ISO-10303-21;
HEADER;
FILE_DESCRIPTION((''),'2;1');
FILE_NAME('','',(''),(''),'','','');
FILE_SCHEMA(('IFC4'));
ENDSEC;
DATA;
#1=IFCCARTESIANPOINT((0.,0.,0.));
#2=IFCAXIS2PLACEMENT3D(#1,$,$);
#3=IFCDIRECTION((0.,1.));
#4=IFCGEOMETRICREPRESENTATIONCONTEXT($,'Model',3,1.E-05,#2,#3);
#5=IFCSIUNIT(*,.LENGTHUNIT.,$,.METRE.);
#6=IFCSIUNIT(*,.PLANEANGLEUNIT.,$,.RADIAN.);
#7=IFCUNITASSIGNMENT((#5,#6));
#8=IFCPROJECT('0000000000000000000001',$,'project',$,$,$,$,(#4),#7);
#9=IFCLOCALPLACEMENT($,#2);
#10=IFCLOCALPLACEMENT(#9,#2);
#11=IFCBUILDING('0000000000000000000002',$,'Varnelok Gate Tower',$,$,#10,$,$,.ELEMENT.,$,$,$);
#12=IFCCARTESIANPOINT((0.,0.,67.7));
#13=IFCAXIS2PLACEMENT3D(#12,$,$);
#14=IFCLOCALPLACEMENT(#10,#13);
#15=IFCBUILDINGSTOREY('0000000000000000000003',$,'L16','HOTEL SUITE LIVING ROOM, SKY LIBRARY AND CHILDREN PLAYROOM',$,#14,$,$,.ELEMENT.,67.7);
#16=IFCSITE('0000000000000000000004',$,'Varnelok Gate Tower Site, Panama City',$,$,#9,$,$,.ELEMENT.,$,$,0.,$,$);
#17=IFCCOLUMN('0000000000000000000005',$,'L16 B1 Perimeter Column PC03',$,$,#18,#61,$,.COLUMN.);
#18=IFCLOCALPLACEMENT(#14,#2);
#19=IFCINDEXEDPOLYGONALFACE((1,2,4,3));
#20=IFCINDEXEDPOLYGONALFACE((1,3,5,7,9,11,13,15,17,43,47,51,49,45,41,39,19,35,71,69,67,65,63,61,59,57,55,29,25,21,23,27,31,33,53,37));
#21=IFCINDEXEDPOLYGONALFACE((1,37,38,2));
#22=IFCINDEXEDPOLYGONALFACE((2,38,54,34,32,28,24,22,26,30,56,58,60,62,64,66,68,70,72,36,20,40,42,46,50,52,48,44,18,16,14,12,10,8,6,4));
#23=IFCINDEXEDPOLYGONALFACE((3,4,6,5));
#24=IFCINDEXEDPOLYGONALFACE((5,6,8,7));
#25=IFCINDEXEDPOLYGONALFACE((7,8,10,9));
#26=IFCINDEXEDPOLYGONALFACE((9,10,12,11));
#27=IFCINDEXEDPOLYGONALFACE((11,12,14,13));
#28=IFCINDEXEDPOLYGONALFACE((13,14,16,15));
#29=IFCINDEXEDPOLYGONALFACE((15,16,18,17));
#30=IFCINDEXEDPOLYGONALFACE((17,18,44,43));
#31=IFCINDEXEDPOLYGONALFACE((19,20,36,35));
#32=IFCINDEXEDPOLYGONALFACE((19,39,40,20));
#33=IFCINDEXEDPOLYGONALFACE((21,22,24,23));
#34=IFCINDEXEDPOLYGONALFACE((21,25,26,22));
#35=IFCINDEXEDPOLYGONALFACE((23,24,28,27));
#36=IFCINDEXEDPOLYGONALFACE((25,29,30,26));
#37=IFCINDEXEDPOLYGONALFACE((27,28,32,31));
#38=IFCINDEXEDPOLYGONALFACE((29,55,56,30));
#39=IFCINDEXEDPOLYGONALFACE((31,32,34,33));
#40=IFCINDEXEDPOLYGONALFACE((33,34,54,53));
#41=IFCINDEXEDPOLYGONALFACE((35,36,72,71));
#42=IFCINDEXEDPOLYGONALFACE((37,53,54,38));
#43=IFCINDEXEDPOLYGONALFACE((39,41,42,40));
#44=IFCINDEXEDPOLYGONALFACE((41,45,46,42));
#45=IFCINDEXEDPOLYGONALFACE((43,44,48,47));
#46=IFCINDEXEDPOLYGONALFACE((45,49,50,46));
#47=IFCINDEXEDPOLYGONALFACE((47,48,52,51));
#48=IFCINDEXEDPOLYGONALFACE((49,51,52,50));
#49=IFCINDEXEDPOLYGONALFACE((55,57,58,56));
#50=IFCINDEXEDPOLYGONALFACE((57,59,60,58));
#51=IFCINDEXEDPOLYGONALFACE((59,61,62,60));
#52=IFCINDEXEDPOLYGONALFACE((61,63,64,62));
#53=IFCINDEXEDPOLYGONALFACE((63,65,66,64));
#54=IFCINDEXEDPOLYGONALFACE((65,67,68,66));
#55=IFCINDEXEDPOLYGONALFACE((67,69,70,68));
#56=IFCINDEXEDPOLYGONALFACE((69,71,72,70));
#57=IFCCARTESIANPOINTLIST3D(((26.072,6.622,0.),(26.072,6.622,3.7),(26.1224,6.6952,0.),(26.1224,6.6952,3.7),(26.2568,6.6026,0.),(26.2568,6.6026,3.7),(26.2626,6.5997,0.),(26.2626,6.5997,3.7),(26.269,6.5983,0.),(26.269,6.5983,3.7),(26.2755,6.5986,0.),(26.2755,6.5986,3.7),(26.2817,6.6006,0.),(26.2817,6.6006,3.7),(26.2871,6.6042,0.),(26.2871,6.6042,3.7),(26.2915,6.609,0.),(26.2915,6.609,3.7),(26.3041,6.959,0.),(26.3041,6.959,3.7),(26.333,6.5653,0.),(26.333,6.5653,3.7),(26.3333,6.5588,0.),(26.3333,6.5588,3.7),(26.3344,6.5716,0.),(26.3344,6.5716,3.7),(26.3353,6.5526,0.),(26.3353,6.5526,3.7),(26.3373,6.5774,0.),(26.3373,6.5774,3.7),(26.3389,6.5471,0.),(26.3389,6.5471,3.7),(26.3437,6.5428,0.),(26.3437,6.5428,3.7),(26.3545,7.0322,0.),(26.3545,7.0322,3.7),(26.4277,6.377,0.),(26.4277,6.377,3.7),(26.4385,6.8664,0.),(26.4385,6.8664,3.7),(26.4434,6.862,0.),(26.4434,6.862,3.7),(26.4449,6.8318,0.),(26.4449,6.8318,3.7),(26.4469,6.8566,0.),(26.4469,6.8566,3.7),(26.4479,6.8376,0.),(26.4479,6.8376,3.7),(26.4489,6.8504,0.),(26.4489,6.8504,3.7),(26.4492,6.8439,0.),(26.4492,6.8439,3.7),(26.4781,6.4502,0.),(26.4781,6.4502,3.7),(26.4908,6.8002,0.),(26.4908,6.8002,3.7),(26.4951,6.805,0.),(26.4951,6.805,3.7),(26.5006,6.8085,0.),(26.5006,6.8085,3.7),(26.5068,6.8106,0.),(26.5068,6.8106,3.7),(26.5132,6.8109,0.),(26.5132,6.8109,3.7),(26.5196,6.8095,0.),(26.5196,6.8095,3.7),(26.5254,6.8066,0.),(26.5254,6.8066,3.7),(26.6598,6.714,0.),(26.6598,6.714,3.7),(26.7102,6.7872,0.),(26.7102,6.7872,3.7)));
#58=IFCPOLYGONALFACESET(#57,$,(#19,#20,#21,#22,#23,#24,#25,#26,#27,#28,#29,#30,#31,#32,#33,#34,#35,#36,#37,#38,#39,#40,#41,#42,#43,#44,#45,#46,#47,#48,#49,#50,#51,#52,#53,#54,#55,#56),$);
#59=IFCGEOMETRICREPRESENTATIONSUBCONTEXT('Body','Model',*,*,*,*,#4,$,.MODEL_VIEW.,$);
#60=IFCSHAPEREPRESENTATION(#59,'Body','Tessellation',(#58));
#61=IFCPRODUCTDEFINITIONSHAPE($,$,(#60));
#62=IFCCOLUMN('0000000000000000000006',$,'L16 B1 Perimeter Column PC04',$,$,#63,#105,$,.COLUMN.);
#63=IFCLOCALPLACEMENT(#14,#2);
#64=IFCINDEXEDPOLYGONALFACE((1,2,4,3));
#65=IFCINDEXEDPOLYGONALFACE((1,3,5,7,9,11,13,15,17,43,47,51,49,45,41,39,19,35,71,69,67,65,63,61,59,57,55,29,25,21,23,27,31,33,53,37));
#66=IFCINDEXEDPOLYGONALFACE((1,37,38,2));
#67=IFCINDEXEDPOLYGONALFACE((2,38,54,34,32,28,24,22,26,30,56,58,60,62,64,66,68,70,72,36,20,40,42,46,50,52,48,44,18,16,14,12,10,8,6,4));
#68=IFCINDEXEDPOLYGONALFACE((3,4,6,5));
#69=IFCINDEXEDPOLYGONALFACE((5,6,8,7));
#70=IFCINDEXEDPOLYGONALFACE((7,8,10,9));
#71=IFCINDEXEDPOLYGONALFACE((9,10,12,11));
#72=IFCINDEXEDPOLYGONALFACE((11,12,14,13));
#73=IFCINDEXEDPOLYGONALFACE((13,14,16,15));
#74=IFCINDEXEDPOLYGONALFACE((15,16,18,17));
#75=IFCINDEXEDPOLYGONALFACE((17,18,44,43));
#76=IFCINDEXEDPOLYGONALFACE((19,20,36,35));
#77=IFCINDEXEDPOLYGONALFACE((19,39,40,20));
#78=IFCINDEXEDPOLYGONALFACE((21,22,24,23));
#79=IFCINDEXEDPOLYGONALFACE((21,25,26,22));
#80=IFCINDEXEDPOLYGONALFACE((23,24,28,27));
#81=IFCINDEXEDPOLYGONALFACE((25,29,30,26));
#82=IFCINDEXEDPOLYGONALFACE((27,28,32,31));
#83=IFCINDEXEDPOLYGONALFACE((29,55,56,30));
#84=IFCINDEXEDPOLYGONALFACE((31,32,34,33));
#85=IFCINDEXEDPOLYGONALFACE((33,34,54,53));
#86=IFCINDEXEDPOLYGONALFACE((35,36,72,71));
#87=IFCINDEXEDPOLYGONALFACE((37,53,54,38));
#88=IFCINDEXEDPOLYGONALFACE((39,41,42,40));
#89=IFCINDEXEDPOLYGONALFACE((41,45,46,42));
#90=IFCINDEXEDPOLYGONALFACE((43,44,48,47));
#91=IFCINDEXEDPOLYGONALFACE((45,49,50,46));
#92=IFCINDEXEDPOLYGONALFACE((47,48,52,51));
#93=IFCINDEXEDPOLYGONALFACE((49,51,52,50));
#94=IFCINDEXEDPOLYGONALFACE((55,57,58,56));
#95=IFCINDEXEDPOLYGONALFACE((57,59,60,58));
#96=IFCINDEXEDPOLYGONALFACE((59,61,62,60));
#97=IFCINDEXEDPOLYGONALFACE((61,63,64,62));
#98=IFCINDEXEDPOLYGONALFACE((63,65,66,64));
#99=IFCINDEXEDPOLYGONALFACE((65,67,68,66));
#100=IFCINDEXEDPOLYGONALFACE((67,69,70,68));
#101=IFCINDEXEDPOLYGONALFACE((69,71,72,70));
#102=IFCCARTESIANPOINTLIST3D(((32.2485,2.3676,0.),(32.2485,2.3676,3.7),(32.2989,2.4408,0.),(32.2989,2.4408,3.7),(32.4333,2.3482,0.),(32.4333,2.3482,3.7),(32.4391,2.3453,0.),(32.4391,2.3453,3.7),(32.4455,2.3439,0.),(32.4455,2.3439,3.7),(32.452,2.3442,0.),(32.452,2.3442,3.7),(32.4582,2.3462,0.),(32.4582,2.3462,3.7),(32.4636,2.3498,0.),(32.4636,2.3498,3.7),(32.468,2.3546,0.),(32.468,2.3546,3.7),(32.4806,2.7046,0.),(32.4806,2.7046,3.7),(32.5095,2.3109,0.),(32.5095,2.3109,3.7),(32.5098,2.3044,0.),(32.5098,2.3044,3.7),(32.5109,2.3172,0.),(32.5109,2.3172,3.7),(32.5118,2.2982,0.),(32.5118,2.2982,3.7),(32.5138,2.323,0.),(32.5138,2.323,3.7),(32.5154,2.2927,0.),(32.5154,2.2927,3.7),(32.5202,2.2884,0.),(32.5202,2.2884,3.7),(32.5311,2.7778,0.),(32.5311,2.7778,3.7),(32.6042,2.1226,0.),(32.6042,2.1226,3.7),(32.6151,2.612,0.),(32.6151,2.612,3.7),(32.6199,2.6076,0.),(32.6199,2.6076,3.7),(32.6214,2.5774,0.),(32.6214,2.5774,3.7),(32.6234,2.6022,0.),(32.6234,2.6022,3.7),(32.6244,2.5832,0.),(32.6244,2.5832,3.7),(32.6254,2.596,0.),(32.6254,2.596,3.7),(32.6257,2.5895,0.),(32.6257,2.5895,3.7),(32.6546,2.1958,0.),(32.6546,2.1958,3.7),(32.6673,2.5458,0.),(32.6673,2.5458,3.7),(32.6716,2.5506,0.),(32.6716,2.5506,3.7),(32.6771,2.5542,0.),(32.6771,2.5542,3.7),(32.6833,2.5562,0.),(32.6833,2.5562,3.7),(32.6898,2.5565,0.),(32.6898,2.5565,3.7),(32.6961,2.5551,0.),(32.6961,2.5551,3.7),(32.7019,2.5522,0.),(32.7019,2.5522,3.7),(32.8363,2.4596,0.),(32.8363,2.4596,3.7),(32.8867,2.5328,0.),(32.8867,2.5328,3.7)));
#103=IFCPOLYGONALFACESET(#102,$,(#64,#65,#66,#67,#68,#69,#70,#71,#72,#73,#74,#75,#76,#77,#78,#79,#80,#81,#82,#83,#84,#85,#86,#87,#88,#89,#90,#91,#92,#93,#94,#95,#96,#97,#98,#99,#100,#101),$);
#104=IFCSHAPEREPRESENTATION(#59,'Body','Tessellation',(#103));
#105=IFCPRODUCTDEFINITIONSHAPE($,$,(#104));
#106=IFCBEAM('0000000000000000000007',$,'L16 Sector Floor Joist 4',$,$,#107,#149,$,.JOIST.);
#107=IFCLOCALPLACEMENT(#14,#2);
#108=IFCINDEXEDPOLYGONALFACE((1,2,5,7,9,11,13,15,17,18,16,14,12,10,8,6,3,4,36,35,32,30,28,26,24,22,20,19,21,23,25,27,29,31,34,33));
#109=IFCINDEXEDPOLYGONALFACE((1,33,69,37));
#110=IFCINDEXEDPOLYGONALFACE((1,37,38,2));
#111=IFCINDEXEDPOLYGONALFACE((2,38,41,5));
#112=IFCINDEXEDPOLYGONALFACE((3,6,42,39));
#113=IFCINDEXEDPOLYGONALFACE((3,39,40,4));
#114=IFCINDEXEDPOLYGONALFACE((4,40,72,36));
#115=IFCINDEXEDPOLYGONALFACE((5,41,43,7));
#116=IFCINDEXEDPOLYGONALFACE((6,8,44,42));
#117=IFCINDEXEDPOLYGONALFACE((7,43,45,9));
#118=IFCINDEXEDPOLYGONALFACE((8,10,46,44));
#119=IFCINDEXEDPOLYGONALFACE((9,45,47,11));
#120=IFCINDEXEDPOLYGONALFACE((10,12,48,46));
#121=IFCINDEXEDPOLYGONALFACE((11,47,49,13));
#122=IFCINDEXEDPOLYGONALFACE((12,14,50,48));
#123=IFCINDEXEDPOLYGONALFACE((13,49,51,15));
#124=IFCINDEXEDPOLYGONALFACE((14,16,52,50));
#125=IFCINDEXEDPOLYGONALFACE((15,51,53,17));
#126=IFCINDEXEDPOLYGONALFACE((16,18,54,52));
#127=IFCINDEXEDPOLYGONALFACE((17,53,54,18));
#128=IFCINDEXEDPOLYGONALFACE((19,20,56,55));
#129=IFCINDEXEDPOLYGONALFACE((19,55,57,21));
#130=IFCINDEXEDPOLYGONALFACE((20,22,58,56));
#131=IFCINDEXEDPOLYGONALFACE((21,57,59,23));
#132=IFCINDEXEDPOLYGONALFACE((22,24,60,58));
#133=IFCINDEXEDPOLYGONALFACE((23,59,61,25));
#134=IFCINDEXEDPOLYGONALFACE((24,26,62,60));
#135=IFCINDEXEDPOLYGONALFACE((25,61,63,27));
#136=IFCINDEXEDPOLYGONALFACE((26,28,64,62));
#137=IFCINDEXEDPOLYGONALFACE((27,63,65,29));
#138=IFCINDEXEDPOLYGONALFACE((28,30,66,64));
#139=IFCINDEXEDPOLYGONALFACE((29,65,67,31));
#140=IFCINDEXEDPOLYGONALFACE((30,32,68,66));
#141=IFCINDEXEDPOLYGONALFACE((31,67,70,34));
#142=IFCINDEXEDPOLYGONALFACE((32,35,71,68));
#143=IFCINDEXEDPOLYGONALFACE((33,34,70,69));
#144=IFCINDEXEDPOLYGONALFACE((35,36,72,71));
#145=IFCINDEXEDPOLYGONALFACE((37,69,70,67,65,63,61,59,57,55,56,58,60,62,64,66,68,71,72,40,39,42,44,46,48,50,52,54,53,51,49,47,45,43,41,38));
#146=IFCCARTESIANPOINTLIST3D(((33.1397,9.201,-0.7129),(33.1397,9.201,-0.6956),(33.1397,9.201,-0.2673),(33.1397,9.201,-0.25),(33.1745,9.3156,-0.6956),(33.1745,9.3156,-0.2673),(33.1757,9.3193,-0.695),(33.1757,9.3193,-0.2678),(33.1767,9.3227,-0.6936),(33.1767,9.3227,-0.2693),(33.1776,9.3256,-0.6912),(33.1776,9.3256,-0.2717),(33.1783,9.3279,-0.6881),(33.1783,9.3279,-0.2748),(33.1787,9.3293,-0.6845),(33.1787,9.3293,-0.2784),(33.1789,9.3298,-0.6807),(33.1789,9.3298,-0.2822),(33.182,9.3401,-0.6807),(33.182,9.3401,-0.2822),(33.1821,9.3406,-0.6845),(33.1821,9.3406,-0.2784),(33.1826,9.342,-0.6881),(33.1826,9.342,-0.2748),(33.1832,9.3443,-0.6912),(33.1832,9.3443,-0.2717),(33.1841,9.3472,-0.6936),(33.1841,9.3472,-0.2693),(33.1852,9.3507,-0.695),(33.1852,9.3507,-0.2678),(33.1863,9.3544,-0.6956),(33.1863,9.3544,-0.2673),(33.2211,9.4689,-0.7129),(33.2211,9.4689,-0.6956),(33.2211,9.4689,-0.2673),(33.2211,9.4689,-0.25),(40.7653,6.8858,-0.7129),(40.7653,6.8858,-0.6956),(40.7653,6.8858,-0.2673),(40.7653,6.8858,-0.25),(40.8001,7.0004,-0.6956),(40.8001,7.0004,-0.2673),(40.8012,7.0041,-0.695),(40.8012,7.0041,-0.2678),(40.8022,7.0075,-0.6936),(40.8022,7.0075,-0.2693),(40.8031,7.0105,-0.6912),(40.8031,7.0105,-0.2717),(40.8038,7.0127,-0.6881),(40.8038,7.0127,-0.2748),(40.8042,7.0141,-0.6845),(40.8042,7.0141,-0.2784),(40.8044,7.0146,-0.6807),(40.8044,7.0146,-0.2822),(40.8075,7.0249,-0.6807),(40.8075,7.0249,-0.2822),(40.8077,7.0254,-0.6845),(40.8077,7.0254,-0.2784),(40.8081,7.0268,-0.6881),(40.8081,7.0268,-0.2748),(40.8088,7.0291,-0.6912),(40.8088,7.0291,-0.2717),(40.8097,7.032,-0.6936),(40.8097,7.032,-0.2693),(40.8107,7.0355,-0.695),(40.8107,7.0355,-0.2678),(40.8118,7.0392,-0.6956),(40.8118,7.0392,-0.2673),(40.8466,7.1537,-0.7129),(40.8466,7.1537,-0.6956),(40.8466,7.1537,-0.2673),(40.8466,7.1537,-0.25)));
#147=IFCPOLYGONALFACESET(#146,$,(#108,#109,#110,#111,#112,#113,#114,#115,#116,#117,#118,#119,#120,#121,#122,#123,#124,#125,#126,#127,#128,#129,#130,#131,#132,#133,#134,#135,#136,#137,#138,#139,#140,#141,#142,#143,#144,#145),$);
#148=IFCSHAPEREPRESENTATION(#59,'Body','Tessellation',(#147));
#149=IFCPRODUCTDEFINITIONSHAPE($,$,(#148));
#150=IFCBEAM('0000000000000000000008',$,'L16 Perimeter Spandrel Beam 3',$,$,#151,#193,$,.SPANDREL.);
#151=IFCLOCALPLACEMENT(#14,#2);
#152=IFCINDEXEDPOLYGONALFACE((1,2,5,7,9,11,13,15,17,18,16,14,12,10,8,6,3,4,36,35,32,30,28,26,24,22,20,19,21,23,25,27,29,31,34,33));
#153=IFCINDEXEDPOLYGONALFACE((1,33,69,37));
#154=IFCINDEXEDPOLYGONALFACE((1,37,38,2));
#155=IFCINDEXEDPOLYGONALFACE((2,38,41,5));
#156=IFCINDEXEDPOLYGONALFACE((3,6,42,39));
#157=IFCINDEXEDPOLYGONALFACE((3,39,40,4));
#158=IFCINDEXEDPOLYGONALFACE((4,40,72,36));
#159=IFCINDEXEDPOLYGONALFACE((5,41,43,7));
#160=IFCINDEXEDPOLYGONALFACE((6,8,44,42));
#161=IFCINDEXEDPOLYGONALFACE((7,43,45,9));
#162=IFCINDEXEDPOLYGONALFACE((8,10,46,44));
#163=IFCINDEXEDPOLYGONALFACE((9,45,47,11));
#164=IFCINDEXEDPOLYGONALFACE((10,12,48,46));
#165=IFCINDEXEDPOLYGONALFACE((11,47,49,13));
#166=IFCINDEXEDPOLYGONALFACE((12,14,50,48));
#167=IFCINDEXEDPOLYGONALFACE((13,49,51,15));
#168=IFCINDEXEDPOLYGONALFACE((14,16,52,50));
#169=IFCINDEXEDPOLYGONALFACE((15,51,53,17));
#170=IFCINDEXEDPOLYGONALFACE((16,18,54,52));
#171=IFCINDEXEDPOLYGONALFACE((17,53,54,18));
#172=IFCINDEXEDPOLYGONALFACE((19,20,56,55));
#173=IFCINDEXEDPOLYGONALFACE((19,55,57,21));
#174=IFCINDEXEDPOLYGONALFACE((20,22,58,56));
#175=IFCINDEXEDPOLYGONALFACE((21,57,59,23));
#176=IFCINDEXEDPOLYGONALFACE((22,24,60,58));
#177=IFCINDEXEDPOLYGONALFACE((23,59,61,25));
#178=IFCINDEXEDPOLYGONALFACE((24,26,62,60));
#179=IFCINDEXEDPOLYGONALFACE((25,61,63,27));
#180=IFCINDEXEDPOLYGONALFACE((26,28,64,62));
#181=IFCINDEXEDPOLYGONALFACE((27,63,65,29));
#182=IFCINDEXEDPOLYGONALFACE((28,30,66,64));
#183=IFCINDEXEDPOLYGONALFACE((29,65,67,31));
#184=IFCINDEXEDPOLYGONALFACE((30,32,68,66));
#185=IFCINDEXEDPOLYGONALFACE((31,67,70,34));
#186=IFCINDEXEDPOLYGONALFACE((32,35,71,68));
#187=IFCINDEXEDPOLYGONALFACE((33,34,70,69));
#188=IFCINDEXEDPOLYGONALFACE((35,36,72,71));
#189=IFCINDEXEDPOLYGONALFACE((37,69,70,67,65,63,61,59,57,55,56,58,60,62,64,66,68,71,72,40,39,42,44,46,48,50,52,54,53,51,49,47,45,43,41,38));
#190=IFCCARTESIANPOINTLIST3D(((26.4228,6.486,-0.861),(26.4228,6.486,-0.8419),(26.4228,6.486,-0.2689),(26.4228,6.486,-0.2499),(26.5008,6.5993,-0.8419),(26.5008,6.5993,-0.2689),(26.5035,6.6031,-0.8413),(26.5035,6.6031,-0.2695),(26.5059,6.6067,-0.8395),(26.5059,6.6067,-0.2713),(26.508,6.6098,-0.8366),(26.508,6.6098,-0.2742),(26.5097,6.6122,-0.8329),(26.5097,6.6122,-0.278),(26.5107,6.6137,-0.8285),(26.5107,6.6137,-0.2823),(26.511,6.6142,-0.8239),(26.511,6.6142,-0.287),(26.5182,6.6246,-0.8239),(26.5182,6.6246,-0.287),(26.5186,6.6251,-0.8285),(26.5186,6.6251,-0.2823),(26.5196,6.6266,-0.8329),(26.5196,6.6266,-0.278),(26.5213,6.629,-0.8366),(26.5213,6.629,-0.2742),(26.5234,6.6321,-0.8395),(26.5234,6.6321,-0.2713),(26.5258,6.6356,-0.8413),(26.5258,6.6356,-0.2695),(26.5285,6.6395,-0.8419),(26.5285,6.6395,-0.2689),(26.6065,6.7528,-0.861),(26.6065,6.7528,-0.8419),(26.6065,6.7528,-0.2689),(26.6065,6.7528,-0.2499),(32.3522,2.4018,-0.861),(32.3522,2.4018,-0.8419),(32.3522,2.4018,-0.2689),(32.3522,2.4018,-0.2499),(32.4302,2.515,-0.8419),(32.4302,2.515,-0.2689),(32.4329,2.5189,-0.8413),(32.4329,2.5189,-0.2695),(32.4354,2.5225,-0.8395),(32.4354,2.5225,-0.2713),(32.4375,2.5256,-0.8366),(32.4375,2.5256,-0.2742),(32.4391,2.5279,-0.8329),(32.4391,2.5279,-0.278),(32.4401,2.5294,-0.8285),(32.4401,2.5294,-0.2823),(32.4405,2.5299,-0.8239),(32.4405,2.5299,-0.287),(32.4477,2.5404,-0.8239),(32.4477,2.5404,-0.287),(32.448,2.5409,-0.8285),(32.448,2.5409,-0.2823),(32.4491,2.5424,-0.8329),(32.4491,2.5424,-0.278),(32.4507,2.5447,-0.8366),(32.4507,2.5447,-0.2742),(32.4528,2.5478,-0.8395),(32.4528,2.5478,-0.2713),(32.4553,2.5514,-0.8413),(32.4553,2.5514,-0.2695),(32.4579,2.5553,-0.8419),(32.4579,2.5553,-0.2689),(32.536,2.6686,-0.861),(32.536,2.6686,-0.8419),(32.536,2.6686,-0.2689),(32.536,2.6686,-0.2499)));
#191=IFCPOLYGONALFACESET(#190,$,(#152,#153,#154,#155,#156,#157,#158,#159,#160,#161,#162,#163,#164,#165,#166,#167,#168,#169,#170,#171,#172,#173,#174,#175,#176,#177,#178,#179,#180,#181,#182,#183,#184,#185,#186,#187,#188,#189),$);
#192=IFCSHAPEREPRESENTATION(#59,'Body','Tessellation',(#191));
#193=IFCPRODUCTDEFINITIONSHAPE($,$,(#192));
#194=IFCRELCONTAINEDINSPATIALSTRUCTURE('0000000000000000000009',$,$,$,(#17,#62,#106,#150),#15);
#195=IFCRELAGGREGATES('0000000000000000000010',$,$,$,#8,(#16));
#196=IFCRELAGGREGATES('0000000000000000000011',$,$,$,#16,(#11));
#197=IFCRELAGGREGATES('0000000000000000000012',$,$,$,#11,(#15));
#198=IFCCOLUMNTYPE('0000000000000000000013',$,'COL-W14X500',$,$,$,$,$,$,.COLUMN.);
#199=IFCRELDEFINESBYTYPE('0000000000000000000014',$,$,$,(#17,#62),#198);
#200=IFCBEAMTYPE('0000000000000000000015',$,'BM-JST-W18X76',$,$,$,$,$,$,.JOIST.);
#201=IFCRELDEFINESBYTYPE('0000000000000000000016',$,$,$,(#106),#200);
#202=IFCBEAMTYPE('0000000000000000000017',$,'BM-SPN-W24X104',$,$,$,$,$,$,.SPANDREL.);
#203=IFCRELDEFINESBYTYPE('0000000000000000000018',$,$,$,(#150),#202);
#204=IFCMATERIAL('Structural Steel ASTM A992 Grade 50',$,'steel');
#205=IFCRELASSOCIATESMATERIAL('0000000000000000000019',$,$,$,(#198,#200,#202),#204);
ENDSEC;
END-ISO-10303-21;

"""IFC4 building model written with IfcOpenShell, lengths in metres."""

from ifc_helpers import new_model, si_unit, direction, frame, origin, origin_2d, place, context, subcontext, project, spatial, i_section, extrude, material, material_profile, profile_set, type_object, element, save


model = new_model("IFC4")

# Units and contexts
model_context = context("Model", 3, precision=1e-05, world=origin(), true_north=direction((0.0, 1.0)))
body_context = subcontext(model_context, "Body", "Model", "MODEL_VIEW")
ifc_project = project(units=[si_unit("LENGTHUNIT", "METRE"), si_unit("PLANEANGLEUNIT", "RADIAN")], contexts=[model_context])

# Site, building, storey
site_placement = place(None, origin())
site = spatial("IfcSite", under=ifc_project, at=site_placement, Name="Varnelok Gate Tower Site, Panama City", CompositionType="ELEMENT", RefElevation=0.0)
building_placement = place(site_placement, origin())
building = spatial("IfcBuilding", under=site, at=building_placement, Name="Varnelok Gate Tower", CompositionType="ELEMENT")
storey_placement = place(building_placement, frame((0.0, 0.0, 67.7)))
storey = spatial("IfcBuildingStorey", under=building, at=storey_placement, Name="L16", Description="HOTEL SUITE LIVING ROOM, SKY LIBRARY AND CHILDREN PLAYROOM", CompositionType="ELEMENT", Elevation=67.7)

# Columns
ifc_material_1 = material(Name="Structural Steel ASTM A992 Grade 50", Category="steel")
ifc_material_profile_1 = material_profile(ifc_material_1, i_section(OverallWidth=0.4319, OverallDepth=0.498, WebThickness=0.0557, FlangeThickness=0.0889, FilletRadius=0.0249, at=origin_2d()), Name="W14X500")
ifc_profile_set_1 = profile_set([ifc_material_profile_1], Name="Structural Steel ASTM A992 Grade 50")
column_type = type_object("IfcColumnType", Name="COL-W14X500", PredefinedType="COLUMN", material=ifc_profile_set_1)
for number, where, z_axis, x_axis, name in (
    (1, (26.3911, 6.7046, 0.0), (0.0, 0.0, 1.0), (0.823533, -0.567269, 0.0), "L16 B1 Perimeter Column PC03"),
    (2, (32.5676, 2.4502, 0.0), (0.0, 0.0, 1.0), (0.823533, -0.567269, 0.0), "L16 B1 Perimeter Column PC04"),
):
    element("IfcColumn", number, at=place(storey_placement, frame(where, z_axis=z_axis, x_axis=x_axis)), inside=storey, type_object=column_type, Name=name, PredefinedType="COLUMN", context=body_context, shape_type="SweptSolid", body=[
        extrude(i_section(OverallWidth=0.4319, OverallDepth=0.498, WebThickness=0.0557, FlangeThickness=0.0889, FilletRadius=0.0249, at=origin_2d()), origin(), (0.0, 0.0, 1.0), 3.7),
    ])

# Beams
ifc_material_profile_2 = material_profile(ifc_material_1, i_section(OverallWidth=0.28, OverallDepth=0.4629, WebThickness=0.0107, FlangeThickness=0.0173, FilletRadius=0.0149, at=origin_2d()), Name="W18X76")
ifc_profile_set_2 = profile_set([ifc_material_profile_2], Name="Structural Steel ASTM A992 Grade 50")
beam_type_1 = type_object("IfcBeamType", Name="BM-JST-W18X76", PredefinedType="JOIST", material=ifc_profile_set_2)
beam_1_placement = place(storey_placement, frame((33.1804, 9.335, -0.4814), z_axis=(0.95687, -0.290517, 0.0), x_axis=(0.290517, 0.95687, 0.0)))
element("IfcBeam", 3, at=beam_1_placement, inside=storey, type_object=beam_type_1, Name="L16 Sector Floor Joist 4", PredefinedType="JOIST", context=body_context, shape_type="SweptSolid", body=[
    extrude(i_section(OverallWidth=0.28, OverallDepth=0.4629, WebThickness=0.0107, FlangeThickness=0.0173, FilletRadius=0.0149, at=origin_2d()), origin(), (0.0, 0.0, 1.0), 7.9692),
])
ifc_material_profile_3 = material_profile(ifc_material_1, i_section(OverallWidth=0.324, OverallDepth=0.6111, WebThickness=0.0127, FlangeThickness=0.019, FilletRadius=0.0181, at=origin_2d()), Name="W24X104")
ifc_profile_set_3 = profile_set([ifc_material_profile_3], Name="Structural Steel ASTM A992 Grade 50")
beam_type_2 = type_object("IfcBeamType", Name="BM-SPN-W24X104", PredefinedType="SPANDREL", material=ifc_profile_set_3)
beam_2_placement = place(storey_placement, frame((26.5146, 6.6194, -0.5554), z_axis=(0.82354, -0.567258, 0.0), x_axis=(0.567258, 0.82354, 0.0)))
element("IfcBeam", 4, at=beam_2_placement, inside=storey, type_object=beam_type_2, Name="L16 Perimeter Spandrel Beam 3", PredefinedType="SPANDREL", context=body_context, shape_type="SweptSolid", body=[
    extrude(i_section(OverallWidth=0.324, OverallDepth=0.6111, WebThickness=0.0127, FlangeThickness=0.019, FilletRadius=0.0181, at=origin_2d()), origin(), (0.0, 0.0, 1.0), 7.2),
])

save(model, "model.ifc")
